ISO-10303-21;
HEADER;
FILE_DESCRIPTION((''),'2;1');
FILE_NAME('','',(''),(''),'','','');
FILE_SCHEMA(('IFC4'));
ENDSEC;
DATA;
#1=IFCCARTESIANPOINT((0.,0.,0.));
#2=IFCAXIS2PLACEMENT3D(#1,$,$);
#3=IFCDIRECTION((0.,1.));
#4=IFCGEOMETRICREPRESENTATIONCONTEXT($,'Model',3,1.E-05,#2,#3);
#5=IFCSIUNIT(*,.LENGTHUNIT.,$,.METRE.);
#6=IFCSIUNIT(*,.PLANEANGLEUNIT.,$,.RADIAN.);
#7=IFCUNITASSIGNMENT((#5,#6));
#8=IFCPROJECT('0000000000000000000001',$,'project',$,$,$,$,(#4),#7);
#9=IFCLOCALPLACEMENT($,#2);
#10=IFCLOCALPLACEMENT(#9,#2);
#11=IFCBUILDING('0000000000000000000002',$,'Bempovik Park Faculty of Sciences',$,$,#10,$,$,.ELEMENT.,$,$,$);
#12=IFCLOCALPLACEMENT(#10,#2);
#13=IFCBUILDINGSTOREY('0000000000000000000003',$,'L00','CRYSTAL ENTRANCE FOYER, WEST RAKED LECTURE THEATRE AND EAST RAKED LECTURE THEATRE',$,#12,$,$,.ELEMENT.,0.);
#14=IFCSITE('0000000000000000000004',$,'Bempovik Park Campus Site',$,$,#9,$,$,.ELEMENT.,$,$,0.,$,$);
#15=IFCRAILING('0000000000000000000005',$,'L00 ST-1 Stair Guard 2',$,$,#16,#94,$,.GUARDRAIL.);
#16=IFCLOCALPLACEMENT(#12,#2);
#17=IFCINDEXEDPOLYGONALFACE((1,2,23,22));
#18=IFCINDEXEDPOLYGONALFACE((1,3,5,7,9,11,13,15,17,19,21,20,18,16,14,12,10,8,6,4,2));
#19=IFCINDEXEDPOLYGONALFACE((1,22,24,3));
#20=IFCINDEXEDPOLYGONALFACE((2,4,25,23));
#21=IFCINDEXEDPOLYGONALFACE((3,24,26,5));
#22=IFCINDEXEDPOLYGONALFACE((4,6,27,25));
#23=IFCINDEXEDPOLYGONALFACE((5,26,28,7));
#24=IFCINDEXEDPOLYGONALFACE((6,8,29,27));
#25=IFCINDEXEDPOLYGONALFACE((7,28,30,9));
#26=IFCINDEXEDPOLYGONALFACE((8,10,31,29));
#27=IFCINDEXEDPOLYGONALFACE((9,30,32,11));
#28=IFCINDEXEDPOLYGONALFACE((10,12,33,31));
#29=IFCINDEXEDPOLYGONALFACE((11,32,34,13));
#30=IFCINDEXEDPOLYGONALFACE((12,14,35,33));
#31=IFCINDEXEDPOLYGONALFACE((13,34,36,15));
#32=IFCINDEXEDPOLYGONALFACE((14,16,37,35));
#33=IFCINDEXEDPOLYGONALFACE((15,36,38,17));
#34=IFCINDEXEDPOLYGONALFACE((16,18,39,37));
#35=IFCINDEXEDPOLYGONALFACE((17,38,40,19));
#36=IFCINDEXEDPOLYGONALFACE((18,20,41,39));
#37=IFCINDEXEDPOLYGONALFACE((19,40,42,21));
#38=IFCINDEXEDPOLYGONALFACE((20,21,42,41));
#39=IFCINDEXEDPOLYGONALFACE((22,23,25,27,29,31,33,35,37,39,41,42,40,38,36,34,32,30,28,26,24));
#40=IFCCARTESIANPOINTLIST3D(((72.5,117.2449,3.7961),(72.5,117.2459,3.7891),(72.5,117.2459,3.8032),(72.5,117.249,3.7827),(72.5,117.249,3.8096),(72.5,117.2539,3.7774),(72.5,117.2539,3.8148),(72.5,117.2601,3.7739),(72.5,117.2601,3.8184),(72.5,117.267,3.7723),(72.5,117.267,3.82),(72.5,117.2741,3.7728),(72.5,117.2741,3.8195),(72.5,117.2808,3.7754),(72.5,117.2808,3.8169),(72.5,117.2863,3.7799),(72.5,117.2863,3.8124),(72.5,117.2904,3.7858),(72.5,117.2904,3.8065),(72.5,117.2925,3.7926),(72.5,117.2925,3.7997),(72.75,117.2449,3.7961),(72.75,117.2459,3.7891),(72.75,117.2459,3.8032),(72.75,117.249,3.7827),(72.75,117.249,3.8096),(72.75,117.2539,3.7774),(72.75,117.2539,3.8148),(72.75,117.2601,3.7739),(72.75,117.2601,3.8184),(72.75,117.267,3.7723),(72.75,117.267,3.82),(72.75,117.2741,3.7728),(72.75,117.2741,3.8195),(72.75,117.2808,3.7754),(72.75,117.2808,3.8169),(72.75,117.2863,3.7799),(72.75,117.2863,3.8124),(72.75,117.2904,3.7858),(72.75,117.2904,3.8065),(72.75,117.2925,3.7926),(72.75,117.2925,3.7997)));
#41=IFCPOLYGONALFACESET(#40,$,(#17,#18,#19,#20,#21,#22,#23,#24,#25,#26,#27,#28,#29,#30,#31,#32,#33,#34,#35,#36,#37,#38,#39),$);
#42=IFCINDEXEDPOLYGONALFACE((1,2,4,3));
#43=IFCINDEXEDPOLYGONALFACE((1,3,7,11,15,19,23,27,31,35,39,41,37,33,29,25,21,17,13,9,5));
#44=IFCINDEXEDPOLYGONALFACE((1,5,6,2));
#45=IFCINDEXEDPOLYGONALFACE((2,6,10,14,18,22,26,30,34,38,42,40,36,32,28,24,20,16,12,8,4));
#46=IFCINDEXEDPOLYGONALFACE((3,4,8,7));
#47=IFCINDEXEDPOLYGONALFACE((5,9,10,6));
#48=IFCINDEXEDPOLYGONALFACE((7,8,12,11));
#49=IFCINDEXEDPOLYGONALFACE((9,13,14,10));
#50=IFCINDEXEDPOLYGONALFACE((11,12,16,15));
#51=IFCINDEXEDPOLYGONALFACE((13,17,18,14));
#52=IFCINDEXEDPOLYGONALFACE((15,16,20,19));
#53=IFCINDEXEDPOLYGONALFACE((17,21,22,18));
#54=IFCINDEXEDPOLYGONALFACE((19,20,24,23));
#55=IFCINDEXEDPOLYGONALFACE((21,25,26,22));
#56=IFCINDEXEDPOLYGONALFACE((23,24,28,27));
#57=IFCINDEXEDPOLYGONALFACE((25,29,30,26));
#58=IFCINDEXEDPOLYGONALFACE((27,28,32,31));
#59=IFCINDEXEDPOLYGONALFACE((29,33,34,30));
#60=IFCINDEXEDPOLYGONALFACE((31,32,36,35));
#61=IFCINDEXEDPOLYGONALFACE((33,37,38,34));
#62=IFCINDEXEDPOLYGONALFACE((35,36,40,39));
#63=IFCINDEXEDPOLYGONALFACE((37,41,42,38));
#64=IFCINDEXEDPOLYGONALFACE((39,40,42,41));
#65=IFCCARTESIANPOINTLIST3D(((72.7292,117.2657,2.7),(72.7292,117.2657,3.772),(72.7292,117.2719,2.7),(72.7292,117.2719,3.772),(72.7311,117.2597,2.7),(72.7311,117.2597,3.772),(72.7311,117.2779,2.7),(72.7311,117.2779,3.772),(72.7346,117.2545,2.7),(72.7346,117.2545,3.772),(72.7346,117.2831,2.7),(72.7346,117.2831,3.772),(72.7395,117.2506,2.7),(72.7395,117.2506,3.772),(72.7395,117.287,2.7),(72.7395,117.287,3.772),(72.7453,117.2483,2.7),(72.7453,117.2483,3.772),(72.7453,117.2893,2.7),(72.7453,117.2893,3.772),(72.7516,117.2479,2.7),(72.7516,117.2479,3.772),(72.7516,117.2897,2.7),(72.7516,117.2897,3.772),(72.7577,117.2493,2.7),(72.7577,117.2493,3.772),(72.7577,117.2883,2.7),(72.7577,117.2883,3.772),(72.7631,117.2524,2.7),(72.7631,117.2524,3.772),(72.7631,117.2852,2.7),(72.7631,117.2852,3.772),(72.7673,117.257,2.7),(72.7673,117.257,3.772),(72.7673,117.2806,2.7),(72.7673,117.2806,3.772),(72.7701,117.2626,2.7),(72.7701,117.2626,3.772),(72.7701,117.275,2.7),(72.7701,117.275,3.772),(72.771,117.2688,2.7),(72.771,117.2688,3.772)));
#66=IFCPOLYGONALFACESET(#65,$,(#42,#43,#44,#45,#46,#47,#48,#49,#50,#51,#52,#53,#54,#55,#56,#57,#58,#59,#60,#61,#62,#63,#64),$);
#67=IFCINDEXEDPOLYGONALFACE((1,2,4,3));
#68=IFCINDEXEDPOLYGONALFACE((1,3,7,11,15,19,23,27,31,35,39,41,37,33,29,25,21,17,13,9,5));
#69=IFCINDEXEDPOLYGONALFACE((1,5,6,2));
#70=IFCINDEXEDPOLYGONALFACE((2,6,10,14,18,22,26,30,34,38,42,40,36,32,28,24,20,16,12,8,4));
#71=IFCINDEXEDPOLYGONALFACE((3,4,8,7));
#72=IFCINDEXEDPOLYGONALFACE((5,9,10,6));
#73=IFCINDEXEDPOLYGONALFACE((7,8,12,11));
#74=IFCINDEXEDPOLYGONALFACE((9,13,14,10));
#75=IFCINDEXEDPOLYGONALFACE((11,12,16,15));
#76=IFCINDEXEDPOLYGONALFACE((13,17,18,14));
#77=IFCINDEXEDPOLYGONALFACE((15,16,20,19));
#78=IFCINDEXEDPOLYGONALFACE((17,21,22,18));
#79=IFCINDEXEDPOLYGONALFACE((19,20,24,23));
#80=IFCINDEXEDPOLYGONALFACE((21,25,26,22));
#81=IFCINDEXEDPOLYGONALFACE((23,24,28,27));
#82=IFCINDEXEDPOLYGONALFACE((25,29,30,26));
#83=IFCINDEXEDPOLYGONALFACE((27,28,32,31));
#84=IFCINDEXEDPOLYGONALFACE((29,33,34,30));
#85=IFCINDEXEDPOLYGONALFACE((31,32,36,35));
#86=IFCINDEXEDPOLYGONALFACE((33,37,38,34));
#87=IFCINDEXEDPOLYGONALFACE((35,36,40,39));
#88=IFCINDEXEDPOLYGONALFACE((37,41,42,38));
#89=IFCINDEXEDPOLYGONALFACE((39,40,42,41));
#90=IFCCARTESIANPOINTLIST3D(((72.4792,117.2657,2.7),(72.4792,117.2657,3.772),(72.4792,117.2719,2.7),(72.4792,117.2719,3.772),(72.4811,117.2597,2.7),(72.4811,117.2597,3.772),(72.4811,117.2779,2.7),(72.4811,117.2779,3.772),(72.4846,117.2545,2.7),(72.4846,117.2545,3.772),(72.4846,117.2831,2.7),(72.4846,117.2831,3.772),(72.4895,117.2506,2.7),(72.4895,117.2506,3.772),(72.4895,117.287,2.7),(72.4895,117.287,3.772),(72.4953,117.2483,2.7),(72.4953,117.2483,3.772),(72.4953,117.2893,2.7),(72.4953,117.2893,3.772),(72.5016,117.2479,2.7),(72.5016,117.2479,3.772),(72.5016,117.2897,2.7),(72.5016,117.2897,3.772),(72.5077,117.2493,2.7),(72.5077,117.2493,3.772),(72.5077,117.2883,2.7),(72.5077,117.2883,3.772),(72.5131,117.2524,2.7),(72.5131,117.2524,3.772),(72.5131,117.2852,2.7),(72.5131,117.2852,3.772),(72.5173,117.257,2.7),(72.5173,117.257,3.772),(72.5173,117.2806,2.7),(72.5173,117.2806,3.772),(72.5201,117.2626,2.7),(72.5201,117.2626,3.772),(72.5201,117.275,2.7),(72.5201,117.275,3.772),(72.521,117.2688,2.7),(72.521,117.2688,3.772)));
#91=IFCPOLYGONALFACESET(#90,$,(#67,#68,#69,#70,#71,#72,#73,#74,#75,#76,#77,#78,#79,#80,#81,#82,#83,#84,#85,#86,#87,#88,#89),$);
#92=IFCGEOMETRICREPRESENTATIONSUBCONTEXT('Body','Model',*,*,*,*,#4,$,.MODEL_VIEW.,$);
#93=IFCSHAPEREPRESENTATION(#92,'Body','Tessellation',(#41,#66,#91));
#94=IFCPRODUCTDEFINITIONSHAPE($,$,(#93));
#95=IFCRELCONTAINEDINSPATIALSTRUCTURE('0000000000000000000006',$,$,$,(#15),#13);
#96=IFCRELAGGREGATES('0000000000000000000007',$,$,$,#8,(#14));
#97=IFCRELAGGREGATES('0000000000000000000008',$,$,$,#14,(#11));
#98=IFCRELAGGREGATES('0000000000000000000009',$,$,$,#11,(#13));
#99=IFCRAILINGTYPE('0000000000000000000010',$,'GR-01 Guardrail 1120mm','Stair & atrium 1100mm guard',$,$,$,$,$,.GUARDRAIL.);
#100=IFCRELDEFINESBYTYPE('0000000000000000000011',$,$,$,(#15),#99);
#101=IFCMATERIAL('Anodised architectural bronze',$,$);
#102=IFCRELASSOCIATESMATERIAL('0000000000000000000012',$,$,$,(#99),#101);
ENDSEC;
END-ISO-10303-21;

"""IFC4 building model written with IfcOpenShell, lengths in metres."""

from ifc_helpers import new_model, si_unit, direction, frame, origin, origin_2d, place, context, subcontext, project, spatial, circle, extrude, material, type_object, element, save


model = new_model("IFC4")

# Units and contexts
model_context = context("Model", 3, precision=1e-05, world=origin(), true_north=direction((0.0, 1.0)))
body_context = subcontext(model_context, "Body", "Model", "MODEL_VIEW")
ifc_project = project(units=[si_unit("LENGTHUNIT", "METRE"), si_unit("PLANEANGLEUNIT", "RADIAN")], contexts=[model_context])

# Site, building, storey
site_placement = place(None, origin())
site = spatial("IfcSite", under=ifc_project, at=site_placement, Name="Bempovik Park Campus Site", CompositionType="ELEMENT", RefElevation=0.0)
building_placement = place(site_placement, origin())
building = spatial("IfcBuilding", under=site, at=building_placement, Name="Bempovik Park Faculty of Sciences", CompositionType="ELEMENT")
storey_placement = place(building_placement, origin())
storey = spatial("IfcBuildingStorey", under=building, at=storey_placement, Name="L00", Description="CRYSTAL ENTRANCE FOYER, WEST RAKED LECTURE THEATRE AND EAST RAKED LECTURE THEATRE", CompositionType="ELEMENT", Elevation=0.0)

# Railing
ifc_material_1 = material(Name="Anodised architectural bronze")
railing_type_1 = type_object("IfcRailingType", Name="GR-01 Guardrail 1120mm", Description="Stair & atrium 1100mm guard", PredefinedType="GUARDRAIL", material=ifc_material_1)
railing_1_placement = place(storey_placement, frame((72.75, 117.2688, 2.7)))
element("IfcRailing", 1, at=railing_1_placement, inside=storey, type_object=railing_type_1, Name="L00 ST-1 Stair Guard 2", PredefinedType="GUARDRAIL", context=body_context, shape_type="SweptSolid", body=[
    extrude(circle(Radius=0.0239, at=origin_2d()), frame((0.0, 0.0, 1.0962), z_axis=(-1.0, 0.0, 0.0), x_axis=(0.0, -1.0, 0.0)), (0.0, 0.0, 1.0), 0.25),
    extrude(circle(Radius=0.021, at=origin_2d()), origin(), (0.0, 0.0, 1.0), 1.072),
    extrude(circle(Radius=0.021, at=origin_2d()), frame((-0.25, 0.0, 0.0)), (0.0, 0.0, 1.0), 1.072),
])

save(model, "model.ifc")
